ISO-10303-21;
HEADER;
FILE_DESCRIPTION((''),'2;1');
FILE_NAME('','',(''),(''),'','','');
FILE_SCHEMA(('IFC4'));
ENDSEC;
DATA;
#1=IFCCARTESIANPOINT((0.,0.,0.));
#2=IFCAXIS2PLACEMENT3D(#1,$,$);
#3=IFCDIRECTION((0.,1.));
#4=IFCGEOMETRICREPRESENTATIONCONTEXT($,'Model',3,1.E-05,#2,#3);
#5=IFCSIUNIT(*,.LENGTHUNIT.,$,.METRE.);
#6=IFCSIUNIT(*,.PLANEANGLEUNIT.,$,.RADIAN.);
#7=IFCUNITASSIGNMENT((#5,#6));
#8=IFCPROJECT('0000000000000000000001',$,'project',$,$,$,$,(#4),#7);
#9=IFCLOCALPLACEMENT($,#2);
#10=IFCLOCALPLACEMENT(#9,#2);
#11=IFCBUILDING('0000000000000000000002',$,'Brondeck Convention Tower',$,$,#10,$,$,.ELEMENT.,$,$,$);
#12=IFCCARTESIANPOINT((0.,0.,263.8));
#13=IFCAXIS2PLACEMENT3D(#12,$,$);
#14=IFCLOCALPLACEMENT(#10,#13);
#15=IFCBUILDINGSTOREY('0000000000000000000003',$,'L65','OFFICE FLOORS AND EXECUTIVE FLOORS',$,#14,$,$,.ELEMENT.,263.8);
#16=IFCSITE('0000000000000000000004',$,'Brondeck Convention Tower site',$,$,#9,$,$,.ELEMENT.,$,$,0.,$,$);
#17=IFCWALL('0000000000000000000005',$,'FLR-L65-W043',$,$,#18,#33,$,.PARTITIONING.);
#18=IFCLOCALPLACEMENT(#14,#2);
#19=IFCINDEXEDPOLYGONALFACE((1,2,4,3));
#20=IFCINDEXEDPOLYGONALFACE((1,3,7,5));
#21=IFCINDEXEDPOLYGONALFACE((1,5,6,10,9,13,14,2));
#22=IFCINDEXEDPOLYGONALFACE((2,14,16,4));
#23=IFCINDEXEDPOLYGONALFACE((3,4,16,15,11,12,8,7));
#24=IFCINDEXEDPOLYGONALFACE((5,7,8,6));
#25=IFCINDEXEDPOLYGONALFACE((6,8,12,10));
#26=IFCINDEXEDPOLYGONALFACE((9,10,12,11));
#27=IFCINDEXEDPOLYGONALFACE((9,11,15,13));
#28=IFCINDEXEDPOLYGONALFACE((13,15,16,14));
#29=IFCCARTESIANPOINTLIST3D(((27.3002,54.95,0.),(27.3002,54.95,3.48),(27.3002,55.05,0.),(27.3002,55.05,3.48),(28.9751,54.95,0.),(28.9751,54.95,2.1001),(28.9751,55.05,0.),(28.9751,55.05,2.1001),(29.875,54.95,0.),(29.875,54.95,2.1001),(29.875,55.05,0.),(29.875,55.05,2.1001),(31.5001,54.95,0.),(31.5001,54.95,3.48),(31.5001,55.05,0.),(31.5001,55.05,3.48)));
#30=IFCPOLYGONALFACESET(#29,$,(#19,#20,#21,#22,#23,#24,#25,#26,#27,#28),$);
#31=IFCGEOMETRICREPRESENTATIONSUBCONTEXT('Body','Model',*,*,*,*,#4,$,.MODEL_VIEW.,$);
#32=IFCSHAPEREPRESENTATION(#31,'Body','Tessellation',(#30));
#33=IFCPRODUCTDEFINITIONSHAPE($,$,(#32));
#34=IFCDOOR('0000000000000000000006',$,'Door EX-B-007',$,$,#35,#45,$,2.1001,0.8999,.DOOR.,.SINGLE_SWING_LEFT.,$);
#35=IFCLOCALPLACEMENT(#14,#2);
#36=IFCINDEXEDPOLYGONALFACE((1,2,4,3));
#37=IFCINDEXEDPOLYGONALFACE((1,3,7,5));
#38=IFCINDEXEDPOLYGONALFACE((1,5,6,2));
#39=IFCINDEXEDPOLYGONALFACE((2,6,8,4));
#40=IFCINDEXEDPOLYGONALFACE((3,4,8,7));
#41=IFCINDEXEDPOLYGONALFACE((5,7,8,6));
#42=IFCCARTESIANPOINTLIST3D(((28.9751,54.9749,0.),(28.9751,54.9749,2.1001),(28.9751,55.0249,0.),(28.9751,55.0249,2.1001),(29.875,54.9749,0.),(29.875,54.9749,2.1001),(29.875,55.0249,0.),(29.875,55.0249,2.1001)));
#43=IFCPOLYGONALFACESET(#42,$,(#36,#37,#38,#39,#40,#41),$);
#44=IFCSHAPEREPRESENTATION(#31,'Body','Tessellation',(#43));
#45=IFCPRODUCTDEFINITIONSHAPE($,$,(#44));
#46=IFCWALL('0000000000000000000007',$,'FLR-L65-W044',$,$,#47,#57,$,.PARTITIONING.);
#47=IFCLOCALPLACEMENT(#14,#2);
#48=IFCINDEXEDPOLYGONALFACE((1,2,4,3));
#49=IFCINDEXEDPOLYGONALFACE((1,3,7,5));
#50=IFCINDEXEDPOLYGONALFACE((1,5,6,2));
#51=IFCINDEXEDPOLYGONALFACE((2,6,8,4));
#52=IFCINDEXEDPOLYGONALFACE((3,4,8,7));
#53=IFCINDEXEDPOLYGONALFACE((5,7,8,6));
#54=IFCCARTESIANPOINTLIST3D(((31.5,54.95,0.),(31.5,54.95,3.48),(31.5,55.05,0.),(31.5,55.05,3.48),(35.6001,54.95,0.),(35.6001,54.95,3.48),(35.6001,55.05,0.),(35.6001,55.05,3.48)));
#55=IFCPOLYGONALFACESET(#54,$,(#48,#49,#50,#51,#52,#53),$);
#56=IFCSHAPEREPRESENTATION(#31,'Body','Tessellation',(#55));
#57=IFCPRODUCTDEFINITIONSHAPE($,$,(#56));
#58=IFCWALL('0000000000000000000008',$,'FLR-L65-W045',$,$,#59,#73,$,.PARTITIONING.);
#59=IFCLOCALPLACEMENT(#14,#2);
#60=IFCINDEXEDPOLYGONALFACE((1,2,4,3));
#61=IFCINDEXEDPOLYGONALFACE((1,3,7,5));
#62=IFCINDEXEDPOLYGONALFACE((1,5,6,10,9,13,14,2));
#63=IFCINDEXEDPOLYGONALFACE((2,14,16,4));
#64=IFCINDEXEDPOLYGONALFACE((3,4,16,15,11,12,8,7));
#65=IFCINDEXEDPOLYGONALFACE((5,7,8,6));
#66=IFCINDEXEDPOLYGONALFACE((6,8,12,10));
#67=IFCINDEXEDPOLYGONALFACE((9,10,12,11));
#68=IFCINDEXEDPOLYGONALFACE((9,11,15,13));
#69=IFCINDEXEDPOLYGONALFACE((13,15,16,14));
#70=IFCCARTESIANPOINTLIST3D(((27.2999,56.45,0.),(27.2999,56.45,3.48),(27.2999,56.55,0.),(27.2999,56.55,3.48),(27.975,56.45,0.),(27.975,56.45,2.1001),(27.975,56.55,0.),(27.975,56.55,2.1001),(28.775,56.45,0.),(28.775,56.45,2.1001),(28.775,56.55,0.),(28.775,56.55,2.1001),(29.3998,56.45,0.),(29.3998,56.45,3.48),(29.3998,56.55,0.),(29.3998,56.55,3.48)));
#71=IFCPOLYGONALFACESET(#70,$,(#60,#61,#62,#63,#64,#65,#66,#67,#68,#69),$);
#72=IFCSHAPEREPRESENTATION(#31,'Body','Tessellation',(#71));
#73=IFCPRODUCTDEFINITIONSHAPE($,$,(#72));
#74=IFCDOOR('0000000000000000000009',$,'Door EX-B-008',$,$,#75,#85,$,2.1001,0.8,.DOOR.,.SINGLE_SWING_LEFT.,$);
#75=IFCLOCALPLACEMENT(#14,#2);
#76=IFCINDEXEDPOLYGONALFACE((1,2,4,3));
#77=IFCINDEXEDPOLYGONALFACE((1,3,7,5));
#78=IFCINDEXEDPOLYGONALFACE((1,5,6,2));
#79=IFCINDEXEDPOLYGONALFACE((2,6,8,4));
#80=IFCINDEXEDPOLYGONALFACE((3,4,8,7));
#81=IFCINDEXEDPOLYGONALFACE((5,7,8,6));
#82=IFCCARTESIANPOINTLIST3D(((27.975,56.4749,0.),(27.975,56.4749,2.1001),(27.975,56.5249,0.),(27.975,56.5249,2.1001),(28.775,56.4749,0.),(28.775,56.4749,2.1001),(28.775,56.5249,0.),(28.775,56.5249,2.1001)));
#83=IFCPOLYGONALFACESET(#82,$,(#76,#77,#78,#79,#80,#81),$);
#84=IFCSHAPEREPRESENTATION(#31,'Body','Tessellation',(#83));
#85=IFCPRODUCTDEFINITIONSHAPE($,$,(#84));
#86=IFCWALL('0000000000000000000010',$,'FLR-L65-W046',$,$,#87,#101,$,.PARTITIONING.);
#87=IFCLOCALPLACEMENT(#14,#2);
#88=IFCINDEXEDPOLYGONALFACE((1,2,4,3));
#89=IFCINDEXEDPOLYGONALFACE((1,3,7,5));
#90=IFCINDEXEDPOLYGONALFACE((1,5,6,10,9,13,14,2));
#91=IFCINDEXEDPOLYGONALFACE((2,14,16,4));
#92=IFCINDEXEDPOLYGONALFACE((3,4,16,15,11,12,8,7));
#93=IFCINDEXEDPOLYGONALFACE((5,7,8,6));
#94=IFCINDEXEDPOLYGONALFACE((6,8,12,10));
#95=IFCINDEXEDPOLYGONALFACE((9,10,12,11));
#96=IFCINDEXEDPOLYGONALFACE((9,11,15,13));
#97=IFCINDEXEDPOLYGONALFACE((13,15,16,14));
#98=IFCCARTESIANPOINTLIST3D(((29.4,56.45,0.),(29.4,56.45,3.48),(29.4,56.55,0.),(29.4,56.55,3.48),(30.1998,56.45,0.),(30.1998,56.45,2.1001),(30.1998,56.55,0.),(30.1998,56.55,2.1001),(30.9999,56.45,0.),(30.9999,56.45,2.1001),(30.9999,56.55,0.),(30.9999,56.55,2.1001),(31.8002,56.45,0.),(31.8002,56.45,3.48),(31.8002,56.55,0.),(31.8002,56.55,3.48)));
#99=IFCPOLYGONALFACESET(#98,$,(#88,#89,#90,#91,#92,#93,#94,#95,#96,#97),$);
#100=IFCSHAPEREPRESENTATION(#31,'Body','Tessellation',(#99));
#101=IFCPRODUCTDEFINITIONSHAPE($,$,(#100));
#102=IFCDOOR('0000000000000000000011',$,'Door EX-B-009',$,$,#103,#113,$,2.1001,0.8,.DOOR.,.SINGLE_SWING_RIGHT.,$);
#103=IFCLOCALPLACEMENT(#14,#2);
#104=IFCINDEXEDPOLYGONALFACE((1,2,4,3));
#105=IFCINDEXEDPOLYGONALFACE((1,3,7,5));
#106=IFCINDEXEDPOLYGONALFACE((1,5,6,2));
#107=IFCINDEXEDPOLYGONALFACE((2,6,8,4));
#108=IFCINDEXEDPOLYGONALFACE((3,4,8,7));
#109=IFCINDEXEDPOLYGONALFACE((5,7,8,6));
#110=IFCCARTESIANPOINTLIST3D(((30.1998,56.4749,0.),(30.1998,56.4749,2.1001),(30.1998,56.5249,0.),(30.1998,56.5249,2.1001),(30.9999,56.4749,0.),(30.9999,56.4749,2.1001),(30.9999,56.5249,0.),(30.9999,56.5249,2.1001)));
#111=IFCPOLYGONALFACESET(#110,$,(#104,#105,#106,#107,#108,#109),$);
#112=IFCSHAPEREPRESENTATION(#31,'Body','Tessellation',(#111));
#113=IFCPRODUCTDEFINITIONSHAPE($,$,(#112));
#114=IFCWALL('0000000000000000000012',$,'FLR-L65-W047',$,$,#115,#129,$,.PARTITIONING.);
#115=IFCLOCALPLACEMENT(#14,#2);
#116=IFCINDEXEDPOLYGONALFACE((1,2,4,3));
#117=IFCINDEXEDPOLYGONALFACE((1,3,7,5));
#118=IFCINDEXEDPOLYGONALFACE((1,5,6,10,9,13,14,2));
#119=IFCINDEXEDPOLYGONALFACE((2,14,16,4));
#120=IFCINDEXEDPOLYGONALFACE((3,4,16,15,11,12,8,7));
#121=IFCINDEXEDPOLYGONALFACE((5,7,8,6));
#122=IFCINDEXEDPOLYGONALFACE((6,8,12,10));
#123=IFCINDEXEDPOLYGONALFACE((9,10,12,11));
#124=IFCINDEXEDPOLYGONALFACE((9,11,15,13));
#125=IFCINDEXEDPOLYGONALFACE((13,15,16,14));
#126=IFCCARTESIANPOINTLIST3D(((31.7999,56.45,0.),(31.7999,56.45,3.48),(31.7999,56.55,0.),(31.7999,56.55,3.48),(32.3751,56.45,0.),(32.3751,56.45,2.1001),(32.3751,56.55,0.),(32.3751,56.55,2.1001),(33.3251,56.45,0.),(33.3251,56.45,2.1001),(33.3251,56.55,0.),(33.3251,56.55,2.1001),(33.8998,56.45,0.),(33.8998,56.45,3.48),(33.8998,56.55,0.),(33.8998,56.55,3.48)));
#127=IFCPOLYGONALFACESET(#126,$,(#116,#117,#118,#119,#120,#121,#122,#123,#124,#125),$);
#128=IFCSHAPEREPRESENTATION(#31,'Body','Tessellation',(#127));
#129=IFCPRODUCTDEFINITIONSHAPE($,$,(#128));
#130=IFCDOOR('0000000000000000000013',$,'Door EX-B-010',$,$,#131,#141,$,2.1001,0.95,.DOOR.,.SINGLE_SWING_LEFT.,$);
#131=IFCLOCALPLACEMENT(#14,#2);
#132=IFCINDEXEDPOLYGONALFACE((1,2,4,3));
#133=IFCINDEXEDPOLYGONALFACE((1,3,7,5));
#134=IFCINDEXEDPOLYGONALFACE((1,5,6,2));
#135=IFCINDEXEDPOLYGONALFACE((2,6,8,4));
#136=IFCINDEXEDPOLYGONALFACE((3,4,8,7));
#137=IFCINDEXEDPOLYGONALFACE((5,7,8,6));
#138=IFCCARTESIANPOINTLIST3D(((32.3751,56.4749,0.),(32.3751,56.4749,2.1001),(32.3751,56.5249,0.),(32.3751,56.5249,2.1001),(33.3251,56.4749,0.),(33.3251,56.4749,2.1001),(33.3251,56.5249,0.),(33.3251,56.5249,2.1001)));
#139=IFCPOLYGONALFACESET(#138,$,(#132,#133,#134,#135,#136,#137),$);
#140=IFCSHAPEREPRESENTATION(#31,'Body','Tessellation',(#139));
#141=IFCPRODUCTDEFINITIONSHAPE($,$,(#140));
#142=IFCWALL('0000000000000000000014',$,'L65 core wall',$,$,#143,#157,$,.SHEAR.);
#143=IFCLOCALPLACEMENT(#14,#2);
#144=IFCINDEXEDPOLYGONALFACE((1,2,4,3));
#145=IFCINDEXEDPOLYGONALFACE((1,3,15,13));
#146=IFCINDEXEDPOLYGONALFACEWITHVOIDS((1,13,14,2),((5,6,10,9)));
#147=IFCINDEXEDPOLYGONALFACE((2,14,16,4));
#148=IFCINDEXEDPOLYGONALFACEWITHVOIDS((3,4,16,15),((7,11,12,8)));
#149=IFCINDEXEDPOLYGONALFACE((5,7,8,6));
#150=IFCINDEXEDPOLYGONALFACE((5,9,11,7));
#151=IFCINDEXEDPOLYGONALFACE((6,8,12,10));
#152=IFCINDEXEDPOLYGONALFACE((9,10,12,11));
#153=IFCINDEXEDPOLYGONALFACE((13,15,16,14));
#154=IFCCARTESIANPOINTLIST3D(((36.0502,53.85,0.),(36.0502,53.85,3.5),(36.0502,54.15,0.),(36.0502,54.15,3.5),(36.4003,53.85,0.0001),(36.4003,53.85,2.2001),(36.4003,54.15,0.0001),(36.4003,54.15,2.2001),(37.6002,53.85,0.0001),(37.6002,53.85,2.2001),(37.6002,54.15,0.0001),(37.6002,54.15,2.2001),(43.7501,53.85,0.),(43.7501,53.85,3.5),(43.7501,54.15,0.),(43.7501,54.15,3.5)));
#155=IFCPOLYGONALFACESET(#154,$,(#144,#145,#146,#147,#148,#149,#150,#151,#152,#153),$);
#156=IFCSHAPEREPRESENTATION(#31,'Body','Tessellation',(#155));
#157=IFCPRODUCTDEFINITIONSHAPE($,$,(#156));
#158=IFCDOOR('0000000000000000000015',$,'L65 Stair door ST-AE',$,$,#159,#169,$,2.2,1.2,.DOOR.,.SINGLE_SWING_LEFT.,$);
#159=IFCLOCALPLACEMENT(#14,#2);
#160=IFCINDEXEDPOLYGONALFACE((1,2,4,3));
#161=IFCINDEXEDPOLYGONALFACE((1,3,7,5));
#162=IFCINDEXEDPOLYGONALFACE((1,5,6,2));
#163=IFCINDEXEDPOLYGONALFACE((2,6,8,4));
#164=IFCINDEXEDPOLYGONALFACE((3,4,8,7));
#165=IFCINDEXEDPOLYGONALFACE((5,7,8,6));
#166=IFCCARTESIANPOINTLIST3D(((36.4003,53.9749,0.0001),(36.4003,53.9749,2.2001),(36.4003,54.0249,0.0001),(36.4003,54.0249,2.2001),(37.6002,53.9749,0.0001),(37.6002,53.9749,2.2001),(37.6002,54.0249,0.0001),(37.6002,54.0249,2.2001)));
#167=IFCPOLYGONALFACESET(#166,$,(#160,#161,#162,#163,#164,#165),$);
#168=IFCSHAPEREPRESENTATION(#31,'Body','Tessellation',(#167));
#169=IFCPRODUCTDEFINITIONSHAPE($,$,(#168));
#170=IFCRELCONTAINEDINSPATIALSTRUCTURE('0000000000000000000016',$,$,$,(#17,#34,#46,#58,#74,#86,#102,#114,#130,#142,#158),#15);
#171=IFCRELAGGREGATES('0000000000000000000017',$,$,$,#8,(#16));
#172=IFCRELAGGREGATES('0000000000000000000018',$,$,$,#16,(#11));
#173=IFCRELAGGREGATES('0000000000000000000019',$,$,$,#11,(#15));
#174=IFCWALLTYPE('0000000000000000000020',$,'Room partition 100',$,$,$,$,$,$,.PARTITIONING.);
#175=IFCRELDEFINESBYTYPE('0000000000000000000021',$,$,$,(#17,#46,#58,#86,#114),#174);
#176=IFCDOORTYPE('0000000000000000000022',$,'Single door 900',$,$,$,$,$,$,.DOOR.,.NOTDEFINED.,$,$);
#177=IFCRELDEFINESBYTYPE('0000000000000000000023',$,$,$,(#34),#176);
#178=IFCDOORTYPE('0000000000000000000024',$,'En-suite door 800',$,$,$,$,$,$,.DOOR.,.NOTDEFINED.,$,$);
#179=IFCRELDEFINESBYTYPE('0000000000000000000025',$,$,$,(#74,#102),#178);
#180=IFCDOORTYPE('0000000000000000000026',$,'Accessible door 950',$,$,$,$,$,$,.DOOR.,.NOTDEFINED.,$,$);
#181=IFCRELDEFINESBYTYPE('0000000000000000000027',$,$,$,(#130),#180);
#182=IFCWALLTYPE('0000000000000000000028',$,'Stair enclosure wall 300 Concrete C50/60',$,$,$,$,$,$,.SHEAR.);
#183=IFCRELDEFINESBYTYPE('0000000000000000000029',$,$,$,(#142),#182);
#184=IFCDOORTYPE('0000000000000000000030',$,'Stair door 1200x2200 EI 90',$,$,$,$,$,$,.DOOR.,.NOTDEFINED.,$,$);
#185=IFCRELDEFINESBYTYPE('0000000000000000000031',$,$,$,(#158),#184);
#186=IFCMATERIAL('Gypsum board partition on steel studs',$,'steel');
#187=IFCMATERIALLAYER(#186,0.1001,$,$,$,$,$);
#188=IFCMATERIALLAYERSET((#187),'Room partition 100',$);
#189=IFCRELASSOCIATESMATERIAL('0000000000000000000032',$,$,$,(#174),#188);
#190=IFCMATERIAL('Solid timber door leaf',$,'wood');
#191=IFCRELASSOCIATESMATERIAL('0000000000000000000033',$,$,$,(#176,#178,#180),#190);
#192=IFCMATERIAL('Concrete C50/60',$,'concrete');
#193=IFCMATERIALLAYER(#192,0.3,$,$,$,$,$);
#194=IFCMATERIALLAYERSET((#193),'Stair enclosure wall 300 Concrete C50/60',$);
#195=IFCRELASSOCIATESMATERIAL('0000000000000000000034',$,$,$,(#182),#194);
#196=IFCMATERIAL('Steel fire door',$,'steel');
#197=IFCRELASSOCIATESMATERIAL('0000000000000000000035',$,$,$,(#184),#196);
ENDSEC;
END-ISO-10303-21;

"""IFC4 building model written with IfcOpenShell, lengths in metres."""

from ifc_helpers import new_model, si_unit, direction, frame, frame_2d, origin, place, context, subcontext, project, spatial, rectangle, extrude, material, layer, layer_set, type_object, element, fill, save


model = new_model("IFC4")

# Units and contexts
model_context = context("Model", 3, precision=1e-05, world=origin(), true_north=direction((0.0, 1.0)))
body_context = subcontext(model_context, "Body", "Model", "MODEL_VIEW")
ifc_project = project(units=[si_unit("LENGTHUNIT", "METRE"), si_unit("PLANEANGLEUNIT", "RADIAN")], contexts=[model_context])

# Site, building, storey
site_placement = place(None, origin())
site = spatial("IfcSite", under=ifc_project, at=site_placement, Name="Brondeck Convention Tower site", CompositionType="ELEMENT", RefElevation=0.0)
building_placement = place(site_placement, origin())
building = spatial("IfcBuilding", under=site, at=building_placement, Name="Brondeck Convention Tower", CompositionType="ELEMENT")
storey_placement = place(building_placement, frame((0.0, 0.0, 263.8)))
storey = spatial("IfcBuildingStorey", under=building, at=storey_placement, Name="L65", Description="OFFICE FLOORS AND EXECUTIVE FLOORS", CompositionType="ELEMENT", Elevation=263.8)

# Shared definitions
ifc_material_1 = material(Name="Concrete C50/60", Category="concrete")

# Shared definitions
ifc_material_2 = material(Name="Gypsum board partition on steel studs", Category="steel")
ifc_layer_1 = layer(ifc_material_2, 0.1001)
ifc_layer_set_1 = layer_set([ifc_layer_1], Name="Room partition 100")
wall_type_1 = type_object("IfcWallType", Name="Room partition 100", PredefinedType="PARTITIONING", material=ifc_layer_set_1)

# Wall, opening, door
ifc_material_3 = material(Name="Solid timber door leaf", Category="wood")
door_type_1 = type_object("IfcDoorType", Name="Single door 900", OperationType="NOTDEFINED", PredefinedType="DOOR", material=ifc_material_3)
wall_1_placement = place(storey_placement, frame((27.3, 55.0, 0.0), z_axis=(0.0, 0.0, 1.0), x_axis=(1.0, 0.0, 0.0)))
wall_1 = element("IfcWall", 1, at=wall_1_placement, inside=storey, type_object=wall_type_1, Name="FLR-L65-W043", PredefinedType="PARTITIONING", context=body_context, shape_type="SweptSolid", body=[
    extrude(rectangle(XDim=4.2, YDim=0.1001, at=frame_2d((2.1001, 0.0))), origin(), (0.0, 0.0, 1.0), 3.48),
])
opening_1_placement = place(wall_1_placement, frame((1.675, 0.0, 0.0)))
opening_1 = element("IfcOpeningElement", 2, at=opening_1_placement, cuts=wall_1, PredefinedType="OPENING", context=body_context, shape_type="SweptSolid", body=[
    extrude(rectangle(XDim=0.8999, YDim=2.1001, at=frame_2d((0.45, 1.05))), frame((0.0, 0.0601, 0.0), z_axis=(0.0, -1.0, 0.0), x_axis=(1.0, 0.0, 0.0)), (0.0, 0.0, 1.0), 0.1201),
])
door_1_placement = place(opening_1_placement, origin())
door_1 = element("IfcDoor", 3, at=door_1_placement, inside=storey, type_object=door_type_1, Name="Door EX-B-007", OperationType="SINGLE_SWING_LEFT", OverallHeight=2.1001, OverallWidth=0.8999, PredefinedType="DOOR", context=body_context, shape_type="SweptSolid", body=[
    extrude(rectangle(XDim=0.8999, YDim=2.1001, at=frame_2d((0.45, 1.05))), frame((0.0, 0.0249, 0.0), z_axis=(0.0, -1.0, 0.0), x_axis=(1.0, 0.0, 0.0)), (0.0, 0.0, 1.0), 0.05),
])
fill(opening_1, door_1)

# Wall
wall_2_placement = place(storey_placement, frame((35.6001, 55.0, 0.0), z_axis=(0.0, 0.0, 1.0), x_axis=(-1.0, 0.0, 0.0)))
element("IfcWall", 4, at=wall_2_placement, inside=storey, type_object=wall_type_1, Name="FLR-L65-W044", PredefinedType="PARTITIONING", context=body_context, shape_type="SweptSolid", body=[
    extrude(rectangle(XDim=4.1001, YDim=0.1001, at=frame_2d((2.05, 0.0))), origin(), (0.0, 0.0, 1.0), 3.48),
])

# Walls, openings, doors
wall_3_placement = place(storey_placement, frame((27.3, 56.5, 0.0), z_axis=(0.0, 0.0, 1.0), x_axis=(1.0, 0.0, 0.0)))
wall_3 = element("IfcWall", 5, at=wall_3_placement, inside=storey, type_object=wall_type_1, Name="FLR-L65-W045", PredefinedType="PARTITIONING", context=body_context, shape_type="SweptSolid", body=[
    extrude(rectangle(XDim=2.0999, YDim=0.1001, at=frame_2d((1.0498, 0.0))), origin(), (0.0, 0.0, 1.0), 3.48),
])
opening_2_placement = place(wall_3_placement, frame((0.675, 0.0, 0.0)))
opening_2 = element("IfcOpeningElement", 6, at=opening_2_placement, cuts=wall_3, PredefinedType="OPENING", context=body_context, shape_type="SweptSolid", body=[
    extrude(rectangle(XDim=0.8, YDim=2.1001, at=frame_2d((0.3999, 1.05))), frame((0.0, 0.0601, 0.0), z_axis=(0.0, -1.0, 0.0), x_axis=(1.0, 0.0, 0.0)), (0.0, 0.0, 1.0), 0.1201),
])
door_type_2 = type_object("IfcDoorType", Name="En-suite door 800", OperationType="NOTDEFINED", PredefinedType="DOOR", material=ifc_material_3)
door_2_placement = place(opening_2_placement, origin())
door_2 = element("IfcDoor", 7, at=door_2_placement, inside=storey, type_object=door_type_2, Name="Door EX-B-008", OperationType="SINGLE_SWING_LEFT", OverallHeight=2.1001, OverallWidth=0.8, PredefinedType="DOOR", context=body_context, shape_type="SweptSolid", body=[
    extrude(rectangle(XDim=0.8, YDim=2.1001, at=frame_2d((0.3999, 1.05))), frame((0.0, 0.0249, 0.0), z_axis=(0.0, -1.0, 0.0), x_axis=(1.0, 0.0, 0.0)), (0.0, 0.0, 1.0), 0.05),
])
fill(opening_2, door_2)
wall_4_placement = place(storey_placement, frame((29.3999, 56.5, 0.0), z_axis=(0.0, 0.0, 1.0), x_axis=(1.0, 0.0, 0.0)))
wall_4 = element("IfcWall", 8, at=wall_4_placement, inside=storey, type_object=wall_type_1, Name="FLR-L65-W046", PredefinedType="PARTITIONING", context=body_context, shape_type="SweptSolid", body=[
    extrude(rectangle(XDim=2.4001, YDim=0.1001, at=frame_2d((1.2002, 0.0))), origin(), (0.0, 0.0, 1.0), 3.48),
])
opening_3_placement = place(wall_4_placement, frame((0.8, 0.0, 0.0)))
opening_3 = element("IfcOpeningElement", 9, at=opening_3_placement, cuts=wall_4, PredefinedType="OPENING", context=body_context, shape_type="SweptSolid", body=[
    extrude(rectangle(XDim=0.8, YDim=2.1001, at=frame_2d((0.3999, 1.05))), frame((0.0, 0.0601, 0.0), z_axis=(0.0, -1.0, 0.0), x_axis=(1.0, 0.0, 0.0)), (0.0, 0.0, 1.0), 0.1201),
])
door_3_placement = place(opening_3_placement, origin())
door_3 = element("IfcDoor", 10, at=door_3_placement, inside=storey, type_object=door_type_2, Name="Door EX-B-009", OperationType="SINGLE_SWING_RIGHT", OverallHeight=2.1001, OverallWidth=0.8, PredefinedType="DOOR", context=body_context, shape_type="SweptSolid", body=[
    extrude(rectangle(XDim=0.8, YDim=2.1001, at=frame_2d((0.3999, 1.05))), frame((0.0, 0.0249, 0.0), z_axis=(0.0, -1.0, 0.0), x_axis=(1.0, 0.0, 0.0)), (0.0, 0.0, 1.0), 0.05),
])
fill(opening_3, door_3)
wall_5_placement = place(storey_placement, frame((31.8, 56.5, 0.0), z_axis=(0.0, 0.0, 1.0), x_axis=(1.0, 0.0, 0.0)))
wall_5 = element("IfcWall", 11, at=wall_5_placement, inside=storey, type_object=wall_type_1, Name="FLR-L65-W047", PredefinedType="PARTITIONING", context=body_context, shape_type="SweptSolid", body=[
    extrude(rectangle(XDim=2.0999, YDim=0.1001, at=frame_2d((1.0498, 0.0))), origin(), (0.0, 0.0, 1.0), 3.48),
])
opening_4_placement = place(wall_5_placement, frame((0.575, 0.0, 0.0)))
opening_4 = element("IfcOpeningElement", 12, at=opening_4_placement, cuts=wall_5, PredefinedType="OPENING", context=body_context, shape_type="SweptSolid", body=[
    extrude(rectangle(XDim=0.95, YDim=2.1001, at=frame_2d((0.4751, 1.05))), frame((0.0, 0.0601, 0.0), z_axis=(0.0, -1.0, 0.0), x_axis=(1.0, 0.0, 0.0)), (0.0, 0.0, 1.0), 0.1201),
])
door_type_3 = type_object("IfcDoorType", Name="Accessible door 950", OperationType="NOTDEFINED", PredefinedType="DOOR", material=ifc_material_3)
door_4_placement = place(opening_4_placement, origin())
door_4 = element("IfcDoor", 13, at=door_4_placement, inside=storey, type_object=door_type_3, Name="Door EX-B-010", OperationType="SINGLE_SWING_LEFT", OverallHeight=2.1001, OverallWidth=0.95, PredefinedType="DOOR", context=body_context, shape_type="SweptSolid", body=[
    extrude(rectangle(XDim=0.95, YDim=2.1001, at=frame_2d((0.4751, 1.05))), frame((0.0, 0.0249, 0.0), z_axis=(0.0, -1.0, 0.0), x_axis=(1.0, 0.0, 0.0)), (0.0, 0.0, 1.0), 0.05),
])
fill(opening_4, door_4)
ifc_layer_2 = layer(ifc_material_1, 0.3)
ifc_layer_set_2 = layer_set([ifc_layer_2], Name="Stair enclosure wall 300 Concrete C50/60")
wall_type_2 = type_object("IfcWallType", Name="Stair enclosure wall 300 Concrete C50/60", PredefinedType="SHEAR", material=ifc_layer_set_2)
wall_6_placement = place(storey_placement, frame((36.05, 54.0, 0.0), z_axis=(0.0, 0.0, 1.0), x_axis=(1.0, 0.0, 0.0)))
wall_6 = element("IfcWall", 14, at=wall_6_placement, inside=storey, type_object=wall_type_2, Name="L65 core wall", PredefinedType="SHEAR", context=body_context, shape_type="SweptSolid", body=[
    extrude(rectangle(XDim=7.7, YDim=0.3, at=frame_2d((3.8501, 0.0))), origin(), (0.0, 0.0, 1.0), 3.5),
])
opening_5_placement = place(wall_6_placement, frame((0.3501, 0.0, 0.0)))
opening_5 = element("IfcOpeningElement", 15, at=opening_5_placement, cuts=wall_6, PredefinedType="OPENING", context=body_context, shape_type="SweptSolid", body=[
    extrude(rectangle(XDim=1.2, YDim=2.2, at=frame_2d((0.6001, 1.1001))), frame((0.0, 0.1599, 0.0), z_axis=(0.0, -1.0, 0.0), x_axis=(1.0, 0.0, 0.0)), (0.0, 0.0, 1.0), 0.3201),
])
ifc_material_4 = material(Name="Steel fire door", Category="steel")
door_type_4 = type_object("IfcDoorType", Name="Stair door 1200x2200 EI 90", OperationType="NOTDEFINED", PredefinedType="DOOR", material=ifc_material_4)
door_5_placement = place(opening_5_placement, origin())
door_5 = element("IfcDoor", 16, at=door_5_placement, inside=storey, type_object=door_type_4, Name="L65 Stair door ST-AE", OperationType="SINGLE_SWING_LEFT", OverallHeight=2.2, OverallWidth=1.2, PredefinedType="DOOR", context=body_context, shape_type="SweptSolid", body=[
    extrude(rectangle(XDim=1.2, YDim=2.2, at=frame_2d((0.6001, 1.1001))), frame((0.0, 0.0249, 0.0), z_axis=(0.0, -1.0, 0.0), x_axis=(1.0, 0.0, 0.0)), (0.0, 0.0, 1.0), 0.05),
])
fill(opening_5, door_5)

save(model, "model.ifc")
